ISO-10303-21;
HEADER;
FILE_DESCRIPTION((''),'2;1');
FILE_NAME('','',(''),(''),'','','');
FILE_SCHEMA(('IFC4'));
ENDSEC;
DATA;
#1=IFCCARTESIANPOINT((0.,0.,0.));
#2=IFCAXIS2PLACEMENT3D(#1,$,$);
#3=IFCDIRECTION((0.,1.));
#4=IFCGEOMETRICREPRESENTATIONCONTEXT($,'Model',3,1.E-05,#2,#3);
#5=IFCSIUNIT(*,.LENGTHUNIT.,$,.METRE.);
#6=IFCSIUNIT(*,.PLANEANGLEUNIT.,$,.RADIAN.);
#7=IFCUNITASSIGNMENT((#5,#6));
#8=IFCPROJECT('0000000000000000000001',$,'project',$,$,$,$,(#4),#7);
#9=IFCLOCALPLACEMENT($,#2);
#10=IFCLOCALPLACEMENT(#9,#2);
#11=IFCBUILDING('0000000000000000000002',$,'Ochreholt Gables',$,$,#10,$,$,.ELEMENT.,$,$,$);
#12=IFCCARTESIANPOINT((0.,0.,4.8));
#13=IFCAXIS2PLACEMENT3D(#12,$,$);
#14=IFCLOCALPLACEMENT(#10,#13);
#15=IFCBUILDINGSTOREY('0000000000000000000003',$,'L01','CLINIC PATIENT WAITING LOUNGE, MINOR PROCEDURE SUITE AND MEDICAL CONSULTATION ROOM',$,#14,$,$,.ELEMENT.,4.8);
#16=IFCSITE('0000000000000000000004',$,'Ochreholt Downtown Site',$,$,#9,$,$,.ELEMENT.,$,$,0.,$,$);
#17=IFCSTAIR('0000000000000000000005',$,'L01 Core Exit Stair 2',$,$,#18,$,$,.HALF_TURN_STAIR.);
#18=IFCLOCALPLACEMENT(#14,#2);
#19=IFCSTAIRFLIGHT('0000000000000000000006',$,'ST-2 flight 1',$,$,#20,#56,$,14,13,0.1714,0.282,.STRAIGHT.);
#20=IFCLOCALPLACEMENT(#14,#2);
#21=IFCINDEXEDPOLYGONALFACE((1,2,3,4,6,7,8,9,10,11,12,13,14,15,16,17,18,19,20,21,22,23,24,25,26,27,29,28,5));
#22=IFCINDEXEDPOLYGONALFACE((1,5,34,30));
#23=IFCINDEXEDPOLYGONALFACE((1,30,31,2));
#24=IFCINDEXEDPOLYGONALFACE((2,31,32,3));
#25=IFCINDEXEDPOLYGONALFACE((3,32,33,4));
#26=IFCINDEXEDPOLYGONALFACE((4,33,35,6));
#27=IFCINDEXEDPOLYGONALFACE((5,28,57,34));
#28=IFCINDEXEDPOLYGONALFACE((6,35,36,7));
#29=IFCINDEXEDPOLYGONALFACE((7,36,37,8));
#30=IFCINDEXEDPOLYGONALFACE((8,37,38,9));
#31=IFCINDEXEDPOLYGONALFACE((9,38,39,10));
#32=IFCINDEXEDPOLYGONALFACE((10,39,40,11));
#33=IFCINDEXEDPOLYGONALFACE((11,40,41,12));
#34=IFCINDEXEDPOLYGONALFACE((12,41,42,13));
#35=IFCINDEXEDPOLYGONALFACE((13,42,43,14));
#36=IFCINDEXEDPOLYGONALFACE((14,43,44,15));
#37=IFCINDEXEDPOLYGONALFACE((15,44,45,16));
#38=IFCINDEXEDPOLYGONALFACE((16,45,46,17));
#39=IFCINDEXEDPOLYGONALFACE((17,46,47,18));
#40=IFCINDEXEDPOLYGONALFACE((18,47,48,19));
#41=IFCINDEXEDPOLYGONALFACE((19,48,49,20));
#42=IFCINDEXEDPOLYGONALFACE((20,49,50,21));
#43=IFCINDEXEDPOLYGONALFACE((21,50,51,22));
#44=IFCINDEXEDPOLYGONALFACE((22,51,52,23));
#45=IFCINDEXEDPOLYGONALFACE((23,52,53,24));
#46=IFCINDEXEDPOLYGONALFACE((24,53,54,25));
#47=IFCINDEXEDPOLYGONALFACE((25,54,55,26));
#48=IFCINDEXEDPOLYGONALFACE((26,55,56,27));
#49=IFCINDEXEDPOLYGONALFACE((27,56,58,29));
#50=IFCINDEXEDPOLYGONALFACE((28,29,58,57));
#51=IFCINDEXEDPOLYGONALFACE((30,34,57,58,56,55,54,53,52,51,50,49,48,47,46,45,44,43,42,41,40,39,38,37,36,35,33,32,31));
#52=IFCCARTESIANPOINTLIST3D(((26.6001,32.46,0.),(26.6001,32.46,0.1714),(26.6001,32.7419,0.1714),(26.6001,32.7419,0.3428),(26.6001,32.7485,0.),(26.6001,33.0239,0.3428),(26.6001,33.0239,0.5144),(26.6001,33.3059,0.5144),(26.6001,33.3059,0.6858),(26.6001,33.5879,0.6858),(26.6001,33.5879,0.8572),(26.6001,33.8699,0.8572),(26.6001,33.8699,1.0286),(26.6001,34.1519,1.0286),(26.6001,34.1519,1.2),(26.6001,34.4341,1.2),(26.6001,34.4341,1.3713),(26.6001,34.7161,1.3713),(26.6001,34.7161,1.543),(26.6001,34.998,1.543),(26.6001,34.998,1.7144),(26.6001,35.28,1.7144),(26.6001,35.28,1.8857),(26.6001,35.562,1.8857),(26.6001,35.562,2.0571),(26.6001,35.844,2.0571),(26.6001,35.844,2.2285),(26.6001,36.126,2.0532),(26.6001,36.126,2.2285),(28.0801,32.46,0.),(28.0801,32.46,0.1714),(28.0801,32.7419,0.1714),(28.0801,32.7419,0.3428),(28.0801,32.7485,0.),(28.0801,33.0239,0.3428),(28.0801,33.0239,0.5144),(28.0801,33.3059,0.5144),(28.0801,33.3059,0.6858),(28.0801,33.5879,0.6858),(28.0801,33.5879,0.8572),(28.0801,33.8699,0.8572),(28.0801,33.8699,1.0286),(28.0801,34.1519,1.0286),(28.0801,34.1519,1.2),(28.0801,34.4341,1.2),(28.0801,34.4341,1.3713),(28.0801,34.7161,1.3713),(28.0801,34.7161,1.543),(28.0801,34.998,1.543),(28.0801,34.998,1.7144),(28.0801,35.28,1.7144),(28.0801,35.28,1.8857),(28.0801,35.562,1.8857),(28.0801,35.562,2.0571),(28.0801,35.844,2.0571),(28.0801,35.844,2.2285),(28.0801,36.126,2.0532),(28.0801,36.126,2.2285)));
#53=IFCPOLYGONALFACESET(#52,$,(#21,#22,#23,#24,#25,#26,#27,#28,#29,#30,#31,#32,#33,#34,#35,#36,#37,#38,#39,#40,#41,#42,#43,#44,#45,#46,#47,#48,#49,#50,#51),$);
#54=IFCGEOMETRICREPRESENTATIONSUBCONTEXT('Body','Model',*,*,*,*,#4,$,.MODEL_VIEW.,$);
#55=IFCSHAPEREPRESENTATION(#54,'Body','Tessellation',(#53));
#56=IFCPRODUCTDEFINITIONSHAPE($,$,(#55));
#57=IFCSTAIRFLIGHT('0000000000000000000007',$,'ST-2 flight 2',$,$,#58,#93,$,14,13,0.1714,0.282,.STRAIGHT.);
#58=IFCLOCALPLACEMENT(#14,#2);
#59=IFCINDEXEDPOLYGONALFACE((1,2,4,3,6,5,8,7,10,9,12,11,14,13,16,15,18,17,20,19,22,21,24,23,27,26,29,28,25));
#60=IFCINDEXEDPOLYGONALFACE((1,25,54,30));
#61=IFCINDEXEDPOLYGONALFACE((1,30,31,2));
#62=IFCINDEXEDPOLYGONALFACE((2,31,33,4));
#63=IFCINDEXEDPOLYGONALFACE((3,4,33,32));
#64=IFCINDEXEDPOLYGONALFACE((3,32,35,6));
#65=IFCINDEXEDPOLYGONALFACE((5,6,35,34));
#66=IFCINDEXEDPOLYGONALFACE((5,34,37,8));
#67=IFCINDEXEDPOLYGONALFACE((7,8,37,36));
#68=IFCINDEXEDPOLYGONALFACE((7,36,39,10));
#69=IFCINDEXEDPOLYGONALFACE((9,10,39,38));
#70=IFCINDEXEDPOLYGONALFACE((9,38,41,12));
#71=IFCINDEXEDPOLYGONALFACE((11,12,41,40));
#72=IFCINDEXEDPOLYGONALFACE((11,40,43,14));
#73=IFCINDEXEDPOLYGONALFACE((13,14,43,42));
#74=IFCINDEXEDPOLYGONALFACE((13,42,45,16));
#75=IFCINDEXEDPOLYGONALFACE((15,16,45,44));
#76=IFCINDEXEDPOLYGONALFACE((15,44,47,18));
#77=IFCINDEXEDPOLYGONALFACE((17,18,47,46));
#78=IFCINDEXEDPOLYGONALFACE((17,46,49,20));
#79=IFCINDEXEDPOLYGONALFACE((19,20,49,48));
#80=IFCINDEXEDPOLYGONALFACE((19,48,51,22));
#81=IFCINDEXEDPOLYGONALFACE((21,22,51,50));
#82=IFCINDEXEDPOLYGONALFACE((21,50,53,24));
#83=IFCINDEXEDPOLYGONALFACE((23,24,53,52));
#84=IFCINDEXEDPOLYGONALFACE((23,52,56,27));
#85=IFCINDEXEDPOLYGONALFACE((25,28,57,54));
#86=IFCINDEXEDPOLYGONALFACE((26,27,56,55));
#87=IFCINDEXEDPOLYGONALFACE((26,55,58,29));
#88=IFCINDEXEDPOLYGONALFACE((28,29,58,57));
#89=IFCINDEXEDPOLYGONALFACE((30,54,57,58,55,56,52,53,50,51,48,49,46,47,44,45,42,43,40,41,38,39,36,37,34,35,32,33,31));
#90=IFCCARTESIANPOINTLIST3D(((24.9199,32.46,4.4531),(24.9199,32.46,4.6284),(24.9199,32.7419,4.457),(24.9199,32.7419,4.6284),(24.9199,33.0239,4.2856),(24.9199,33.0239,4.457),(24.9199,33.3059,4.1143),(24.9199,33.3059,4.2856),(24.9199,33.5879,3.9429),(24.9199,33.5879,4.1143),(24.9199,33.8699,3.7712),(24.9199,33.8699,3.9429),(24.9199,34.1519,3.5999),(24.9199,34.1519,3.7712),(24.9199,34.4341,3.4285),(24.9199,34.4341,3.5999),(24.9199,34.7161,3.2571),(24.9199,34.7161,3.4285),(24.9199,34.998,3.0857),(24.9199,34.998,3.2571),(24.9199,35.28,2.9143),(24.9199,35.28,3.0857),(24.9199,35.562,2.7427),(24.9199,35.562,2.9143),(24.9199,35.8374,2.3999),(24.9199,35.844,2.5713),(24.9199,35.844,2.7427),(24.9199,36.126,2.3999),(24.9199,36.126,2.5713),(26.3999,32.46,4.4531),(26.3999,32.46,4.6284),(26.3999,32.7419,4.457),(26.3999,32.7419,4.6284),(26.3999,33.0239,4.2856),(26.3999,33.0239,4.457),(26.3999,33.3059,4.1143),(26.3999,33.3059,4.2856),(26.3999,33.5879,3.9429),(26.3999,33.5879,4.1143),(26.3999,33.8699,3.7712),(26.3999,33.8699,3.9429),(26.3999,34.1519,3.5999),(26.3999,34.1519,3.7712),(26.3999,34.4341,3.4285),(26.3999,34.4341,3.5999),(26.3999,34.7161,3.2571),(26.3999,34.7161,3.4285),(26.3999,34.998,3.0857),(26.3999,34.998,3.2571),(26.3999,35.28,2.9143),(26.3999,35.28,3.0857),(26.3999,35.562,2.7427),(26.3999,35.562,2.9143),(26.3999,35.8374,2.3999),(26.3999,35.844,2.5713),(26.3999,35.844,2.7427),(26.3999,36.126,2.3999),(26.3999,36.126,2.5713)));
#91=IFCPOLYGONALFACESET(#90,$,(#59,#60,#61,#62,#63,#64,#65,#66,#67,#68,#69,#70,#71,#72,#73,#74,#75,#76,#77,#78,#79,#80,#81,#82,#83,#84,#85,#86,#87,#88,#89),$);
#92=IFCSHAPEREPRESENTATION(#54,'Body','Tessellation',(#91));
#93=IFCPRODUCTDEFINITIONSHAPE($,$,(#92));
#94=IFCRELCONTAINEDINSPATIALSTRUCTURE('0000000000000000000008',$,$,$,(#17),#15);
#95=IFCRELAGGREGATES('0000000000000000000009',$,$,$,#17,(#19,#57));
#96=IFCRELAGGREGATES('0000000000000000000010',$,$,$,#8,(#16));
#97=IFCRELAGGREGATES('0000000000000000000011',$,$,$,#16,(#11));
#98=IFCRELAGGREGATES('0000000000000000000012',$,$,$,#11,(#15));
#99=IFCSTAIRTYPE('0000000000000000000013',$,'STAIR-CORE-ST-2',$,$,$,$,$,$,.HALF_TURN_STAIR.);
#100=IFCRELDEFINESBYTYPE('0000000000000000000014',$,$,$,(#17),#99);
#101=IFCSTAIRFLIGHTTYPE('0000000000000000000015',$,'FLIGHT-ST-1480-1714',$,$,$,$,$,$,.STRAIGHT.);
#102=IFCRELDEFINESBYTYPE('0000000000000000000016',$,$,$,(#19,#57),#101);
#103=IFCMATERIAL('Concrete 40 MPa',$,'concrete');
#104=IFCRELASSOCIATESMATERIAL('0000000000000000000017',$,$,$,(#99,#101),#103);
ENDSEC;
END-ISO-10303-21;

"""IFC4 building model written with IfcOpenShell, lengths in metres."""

from ifc_helpers import new_model, si_unit, direction, frame, origin, place, context, subcontext, project, spatial, polyline, outline, extrude, material, type_object, element, aggregate, save


model = new_model("IFC4")

# Units and contexts
model_context = context("Model", 3, precision=1e-05, world=origin(), true_north=direction((0.0, 1.0)))
body_context = subcontext(model_context, "Body", "Model", "MODEL_VIEW")
ifc_project = project(units=[si_unit("LENGTHUNIT", "METRE"), si_unit("PLANEANGLEUNIT", "RADIAN")], contexts=[model_context])

# Site, building, storey
site_placement = place(None, origin())
site = spatial("IfcSite", under=ifc_project, at=site_placement, Name="Ochreholt Downtown Site", CompositionType="ELEMENT", RefElevation=0.0)
building_placement = place(site_placement, origin())
building = spatial("IfcBuilding", under=site, at=building_placement, Name="Ochreholt Gables", CompositionType="ELEMENT")
storey_placement = place(building_placement, frame((0.0, 0.0, 4.8)))
storey = spatial("IfcBuildingStorey", under=building, at=storey_placement, Name="L01", Description="CLINIC PATIENT WAITING LOUNGE, MINOR PROCEDURE SUITE AND MEDICAL CONSULTATION ROOM", CompositionType="ELEMENT", Elevation=4.8)

# Shared definitions
ifc_material_1 = material(Name="Concrete 40 MPa", Category="concrete")

# Stair, stair flights
stair_type = type_object("IfcStairType", Name="STAIR-CORE-ST-2", PredefinedType="HALF_TURN_STAIR", material=ifc_material_1)
stair_placement = place(storey_placement, origin())
stair = element("IfcStair", 1, at=stair_placement, inside=storey, type_object=stair_type, Name="L01 Core Exit Stair 2", PredefinedType="HALF_TURN_STAIR")
stair_flight_type = type_object("IfcStairFlightType", Name="FLIGHT-ST-1480-1714", PredefinedType="STRAIGHT", material=ifc_material_1)
stair_flight_1_placement = place(storey_placement, frame((27.3401, 32.46, 0.0), z_axis=(0.0, 0.0, 1.0), x_axis=(0.0, 1.0, 0.0)))
stair_flight_1 = element("IfcStairFlight", 2, at=stair_flight_1_placement, type_object=stair_flight_type, Name="ST-2 flight 1", NumberOfRisers=14, NumberOfTreads=13, PredefinedType="STRAIGHT", RiserHeight=0.1714, TreadLength=0.282, context=body_context, shape_type="SweptSolid", body=[
    extrude(outline(polyline([(0.0, 0.0), (0.0, 0.1714), (0.282, 0.1714), (0.282, 0.3428), (0.564, 0.3428), (0.564, 0.5144), (0.8459, 0.5144), (0.8459, 0.6858), (1.1279, 0.6858), (1.1279, 0.8572), (1.4099, 0.8572), (1.4099, 1.0286), (1.6919, 1.0286), (1.6919, 1.2), (1.9741, 1.2), (1.9741, 1.3713), (2.2561, 1.3713), (2.2561, 1.543), (2.5381, 1.543), (2.5381, 1.7144), (2.8201, 1.7144), (2.8201, 1.8857), (3.1021, 1.8857), (3.1021, 2.0571), (3.384, 2.0571), (3.384, 2.2285), (3.666, 2.2285), (3.666, 2.3999), (3.666, 2.0532), (0.2886, 0.0), (0.0, 0.0)])), frame((0.0, 0.74, 0.0), z_axis=(0.0, -1.0, 0.0), x_axis=(1.0, 0.0, 0.0)), (0.0, 0.0, 1.0), 1.48),
])
stair_flight_2_placement = place(storey_placement, frame((25.6599, 36.126, 2.3999), z_axis=(0.0, 0.0, 1.0), x_axis=(0.0, -1.0, 0.0)))
stair_flight_2 = element("IfcStairFlight", 3, at=stair_flight_2_placement, type_object=stair_flight_type, Name="ST-2 flight 2", NumberOfRisers=14, NumberOfTreads=13, PredefinedType="STRAIGHT", RiserHeight=0.1714, TreadLength=0.282, context=body_context, shape_type="SweptSolid", body=[
    extrude(outline(polyline([(0.0, 0.0), (0.0, 0.1714), (0.282, 0.1714), (0.282, 0.3428), (0.564, 0.3428), (0.564, 0.5144), (0.8459, 0.5144), (0.8459, 0.6858), (1.1279, 0.6858), (1.1279, 0.8572), (1.4099, 0.8572), (1.4099, 1.0286), (1.6919, 1.0286), (1.6919, 1.2), (1.9741, 1.2), (1.9741, 1.3713), (2.2561, 1.3713), (2.2561, 1.543), (2.5381, 1.543), (2.5381, 1.7144), (2.8201, 1.7144), (2.8201, 1.8857), (3.1021, 1.8857), (3.1021, 2.0571), (3.384, 2.0571), (3.384, 2.2285), (3.666, 2.2285), (3.666, 2.3999), (3.666, 2.0532), (0.2886, 0.0), (0.0, 0.0)])), frame((0.0, 0.74, 0.0), z_axis=(0.0, -1.0, 0.0), x_axis=(1.0, 0.0, 0.0)), (0.0, 0.0, 1.0), 1.48),
])
aggregate(stair, [stair_flight_1, stair_flight_2])

save(model, "model.ifc")
